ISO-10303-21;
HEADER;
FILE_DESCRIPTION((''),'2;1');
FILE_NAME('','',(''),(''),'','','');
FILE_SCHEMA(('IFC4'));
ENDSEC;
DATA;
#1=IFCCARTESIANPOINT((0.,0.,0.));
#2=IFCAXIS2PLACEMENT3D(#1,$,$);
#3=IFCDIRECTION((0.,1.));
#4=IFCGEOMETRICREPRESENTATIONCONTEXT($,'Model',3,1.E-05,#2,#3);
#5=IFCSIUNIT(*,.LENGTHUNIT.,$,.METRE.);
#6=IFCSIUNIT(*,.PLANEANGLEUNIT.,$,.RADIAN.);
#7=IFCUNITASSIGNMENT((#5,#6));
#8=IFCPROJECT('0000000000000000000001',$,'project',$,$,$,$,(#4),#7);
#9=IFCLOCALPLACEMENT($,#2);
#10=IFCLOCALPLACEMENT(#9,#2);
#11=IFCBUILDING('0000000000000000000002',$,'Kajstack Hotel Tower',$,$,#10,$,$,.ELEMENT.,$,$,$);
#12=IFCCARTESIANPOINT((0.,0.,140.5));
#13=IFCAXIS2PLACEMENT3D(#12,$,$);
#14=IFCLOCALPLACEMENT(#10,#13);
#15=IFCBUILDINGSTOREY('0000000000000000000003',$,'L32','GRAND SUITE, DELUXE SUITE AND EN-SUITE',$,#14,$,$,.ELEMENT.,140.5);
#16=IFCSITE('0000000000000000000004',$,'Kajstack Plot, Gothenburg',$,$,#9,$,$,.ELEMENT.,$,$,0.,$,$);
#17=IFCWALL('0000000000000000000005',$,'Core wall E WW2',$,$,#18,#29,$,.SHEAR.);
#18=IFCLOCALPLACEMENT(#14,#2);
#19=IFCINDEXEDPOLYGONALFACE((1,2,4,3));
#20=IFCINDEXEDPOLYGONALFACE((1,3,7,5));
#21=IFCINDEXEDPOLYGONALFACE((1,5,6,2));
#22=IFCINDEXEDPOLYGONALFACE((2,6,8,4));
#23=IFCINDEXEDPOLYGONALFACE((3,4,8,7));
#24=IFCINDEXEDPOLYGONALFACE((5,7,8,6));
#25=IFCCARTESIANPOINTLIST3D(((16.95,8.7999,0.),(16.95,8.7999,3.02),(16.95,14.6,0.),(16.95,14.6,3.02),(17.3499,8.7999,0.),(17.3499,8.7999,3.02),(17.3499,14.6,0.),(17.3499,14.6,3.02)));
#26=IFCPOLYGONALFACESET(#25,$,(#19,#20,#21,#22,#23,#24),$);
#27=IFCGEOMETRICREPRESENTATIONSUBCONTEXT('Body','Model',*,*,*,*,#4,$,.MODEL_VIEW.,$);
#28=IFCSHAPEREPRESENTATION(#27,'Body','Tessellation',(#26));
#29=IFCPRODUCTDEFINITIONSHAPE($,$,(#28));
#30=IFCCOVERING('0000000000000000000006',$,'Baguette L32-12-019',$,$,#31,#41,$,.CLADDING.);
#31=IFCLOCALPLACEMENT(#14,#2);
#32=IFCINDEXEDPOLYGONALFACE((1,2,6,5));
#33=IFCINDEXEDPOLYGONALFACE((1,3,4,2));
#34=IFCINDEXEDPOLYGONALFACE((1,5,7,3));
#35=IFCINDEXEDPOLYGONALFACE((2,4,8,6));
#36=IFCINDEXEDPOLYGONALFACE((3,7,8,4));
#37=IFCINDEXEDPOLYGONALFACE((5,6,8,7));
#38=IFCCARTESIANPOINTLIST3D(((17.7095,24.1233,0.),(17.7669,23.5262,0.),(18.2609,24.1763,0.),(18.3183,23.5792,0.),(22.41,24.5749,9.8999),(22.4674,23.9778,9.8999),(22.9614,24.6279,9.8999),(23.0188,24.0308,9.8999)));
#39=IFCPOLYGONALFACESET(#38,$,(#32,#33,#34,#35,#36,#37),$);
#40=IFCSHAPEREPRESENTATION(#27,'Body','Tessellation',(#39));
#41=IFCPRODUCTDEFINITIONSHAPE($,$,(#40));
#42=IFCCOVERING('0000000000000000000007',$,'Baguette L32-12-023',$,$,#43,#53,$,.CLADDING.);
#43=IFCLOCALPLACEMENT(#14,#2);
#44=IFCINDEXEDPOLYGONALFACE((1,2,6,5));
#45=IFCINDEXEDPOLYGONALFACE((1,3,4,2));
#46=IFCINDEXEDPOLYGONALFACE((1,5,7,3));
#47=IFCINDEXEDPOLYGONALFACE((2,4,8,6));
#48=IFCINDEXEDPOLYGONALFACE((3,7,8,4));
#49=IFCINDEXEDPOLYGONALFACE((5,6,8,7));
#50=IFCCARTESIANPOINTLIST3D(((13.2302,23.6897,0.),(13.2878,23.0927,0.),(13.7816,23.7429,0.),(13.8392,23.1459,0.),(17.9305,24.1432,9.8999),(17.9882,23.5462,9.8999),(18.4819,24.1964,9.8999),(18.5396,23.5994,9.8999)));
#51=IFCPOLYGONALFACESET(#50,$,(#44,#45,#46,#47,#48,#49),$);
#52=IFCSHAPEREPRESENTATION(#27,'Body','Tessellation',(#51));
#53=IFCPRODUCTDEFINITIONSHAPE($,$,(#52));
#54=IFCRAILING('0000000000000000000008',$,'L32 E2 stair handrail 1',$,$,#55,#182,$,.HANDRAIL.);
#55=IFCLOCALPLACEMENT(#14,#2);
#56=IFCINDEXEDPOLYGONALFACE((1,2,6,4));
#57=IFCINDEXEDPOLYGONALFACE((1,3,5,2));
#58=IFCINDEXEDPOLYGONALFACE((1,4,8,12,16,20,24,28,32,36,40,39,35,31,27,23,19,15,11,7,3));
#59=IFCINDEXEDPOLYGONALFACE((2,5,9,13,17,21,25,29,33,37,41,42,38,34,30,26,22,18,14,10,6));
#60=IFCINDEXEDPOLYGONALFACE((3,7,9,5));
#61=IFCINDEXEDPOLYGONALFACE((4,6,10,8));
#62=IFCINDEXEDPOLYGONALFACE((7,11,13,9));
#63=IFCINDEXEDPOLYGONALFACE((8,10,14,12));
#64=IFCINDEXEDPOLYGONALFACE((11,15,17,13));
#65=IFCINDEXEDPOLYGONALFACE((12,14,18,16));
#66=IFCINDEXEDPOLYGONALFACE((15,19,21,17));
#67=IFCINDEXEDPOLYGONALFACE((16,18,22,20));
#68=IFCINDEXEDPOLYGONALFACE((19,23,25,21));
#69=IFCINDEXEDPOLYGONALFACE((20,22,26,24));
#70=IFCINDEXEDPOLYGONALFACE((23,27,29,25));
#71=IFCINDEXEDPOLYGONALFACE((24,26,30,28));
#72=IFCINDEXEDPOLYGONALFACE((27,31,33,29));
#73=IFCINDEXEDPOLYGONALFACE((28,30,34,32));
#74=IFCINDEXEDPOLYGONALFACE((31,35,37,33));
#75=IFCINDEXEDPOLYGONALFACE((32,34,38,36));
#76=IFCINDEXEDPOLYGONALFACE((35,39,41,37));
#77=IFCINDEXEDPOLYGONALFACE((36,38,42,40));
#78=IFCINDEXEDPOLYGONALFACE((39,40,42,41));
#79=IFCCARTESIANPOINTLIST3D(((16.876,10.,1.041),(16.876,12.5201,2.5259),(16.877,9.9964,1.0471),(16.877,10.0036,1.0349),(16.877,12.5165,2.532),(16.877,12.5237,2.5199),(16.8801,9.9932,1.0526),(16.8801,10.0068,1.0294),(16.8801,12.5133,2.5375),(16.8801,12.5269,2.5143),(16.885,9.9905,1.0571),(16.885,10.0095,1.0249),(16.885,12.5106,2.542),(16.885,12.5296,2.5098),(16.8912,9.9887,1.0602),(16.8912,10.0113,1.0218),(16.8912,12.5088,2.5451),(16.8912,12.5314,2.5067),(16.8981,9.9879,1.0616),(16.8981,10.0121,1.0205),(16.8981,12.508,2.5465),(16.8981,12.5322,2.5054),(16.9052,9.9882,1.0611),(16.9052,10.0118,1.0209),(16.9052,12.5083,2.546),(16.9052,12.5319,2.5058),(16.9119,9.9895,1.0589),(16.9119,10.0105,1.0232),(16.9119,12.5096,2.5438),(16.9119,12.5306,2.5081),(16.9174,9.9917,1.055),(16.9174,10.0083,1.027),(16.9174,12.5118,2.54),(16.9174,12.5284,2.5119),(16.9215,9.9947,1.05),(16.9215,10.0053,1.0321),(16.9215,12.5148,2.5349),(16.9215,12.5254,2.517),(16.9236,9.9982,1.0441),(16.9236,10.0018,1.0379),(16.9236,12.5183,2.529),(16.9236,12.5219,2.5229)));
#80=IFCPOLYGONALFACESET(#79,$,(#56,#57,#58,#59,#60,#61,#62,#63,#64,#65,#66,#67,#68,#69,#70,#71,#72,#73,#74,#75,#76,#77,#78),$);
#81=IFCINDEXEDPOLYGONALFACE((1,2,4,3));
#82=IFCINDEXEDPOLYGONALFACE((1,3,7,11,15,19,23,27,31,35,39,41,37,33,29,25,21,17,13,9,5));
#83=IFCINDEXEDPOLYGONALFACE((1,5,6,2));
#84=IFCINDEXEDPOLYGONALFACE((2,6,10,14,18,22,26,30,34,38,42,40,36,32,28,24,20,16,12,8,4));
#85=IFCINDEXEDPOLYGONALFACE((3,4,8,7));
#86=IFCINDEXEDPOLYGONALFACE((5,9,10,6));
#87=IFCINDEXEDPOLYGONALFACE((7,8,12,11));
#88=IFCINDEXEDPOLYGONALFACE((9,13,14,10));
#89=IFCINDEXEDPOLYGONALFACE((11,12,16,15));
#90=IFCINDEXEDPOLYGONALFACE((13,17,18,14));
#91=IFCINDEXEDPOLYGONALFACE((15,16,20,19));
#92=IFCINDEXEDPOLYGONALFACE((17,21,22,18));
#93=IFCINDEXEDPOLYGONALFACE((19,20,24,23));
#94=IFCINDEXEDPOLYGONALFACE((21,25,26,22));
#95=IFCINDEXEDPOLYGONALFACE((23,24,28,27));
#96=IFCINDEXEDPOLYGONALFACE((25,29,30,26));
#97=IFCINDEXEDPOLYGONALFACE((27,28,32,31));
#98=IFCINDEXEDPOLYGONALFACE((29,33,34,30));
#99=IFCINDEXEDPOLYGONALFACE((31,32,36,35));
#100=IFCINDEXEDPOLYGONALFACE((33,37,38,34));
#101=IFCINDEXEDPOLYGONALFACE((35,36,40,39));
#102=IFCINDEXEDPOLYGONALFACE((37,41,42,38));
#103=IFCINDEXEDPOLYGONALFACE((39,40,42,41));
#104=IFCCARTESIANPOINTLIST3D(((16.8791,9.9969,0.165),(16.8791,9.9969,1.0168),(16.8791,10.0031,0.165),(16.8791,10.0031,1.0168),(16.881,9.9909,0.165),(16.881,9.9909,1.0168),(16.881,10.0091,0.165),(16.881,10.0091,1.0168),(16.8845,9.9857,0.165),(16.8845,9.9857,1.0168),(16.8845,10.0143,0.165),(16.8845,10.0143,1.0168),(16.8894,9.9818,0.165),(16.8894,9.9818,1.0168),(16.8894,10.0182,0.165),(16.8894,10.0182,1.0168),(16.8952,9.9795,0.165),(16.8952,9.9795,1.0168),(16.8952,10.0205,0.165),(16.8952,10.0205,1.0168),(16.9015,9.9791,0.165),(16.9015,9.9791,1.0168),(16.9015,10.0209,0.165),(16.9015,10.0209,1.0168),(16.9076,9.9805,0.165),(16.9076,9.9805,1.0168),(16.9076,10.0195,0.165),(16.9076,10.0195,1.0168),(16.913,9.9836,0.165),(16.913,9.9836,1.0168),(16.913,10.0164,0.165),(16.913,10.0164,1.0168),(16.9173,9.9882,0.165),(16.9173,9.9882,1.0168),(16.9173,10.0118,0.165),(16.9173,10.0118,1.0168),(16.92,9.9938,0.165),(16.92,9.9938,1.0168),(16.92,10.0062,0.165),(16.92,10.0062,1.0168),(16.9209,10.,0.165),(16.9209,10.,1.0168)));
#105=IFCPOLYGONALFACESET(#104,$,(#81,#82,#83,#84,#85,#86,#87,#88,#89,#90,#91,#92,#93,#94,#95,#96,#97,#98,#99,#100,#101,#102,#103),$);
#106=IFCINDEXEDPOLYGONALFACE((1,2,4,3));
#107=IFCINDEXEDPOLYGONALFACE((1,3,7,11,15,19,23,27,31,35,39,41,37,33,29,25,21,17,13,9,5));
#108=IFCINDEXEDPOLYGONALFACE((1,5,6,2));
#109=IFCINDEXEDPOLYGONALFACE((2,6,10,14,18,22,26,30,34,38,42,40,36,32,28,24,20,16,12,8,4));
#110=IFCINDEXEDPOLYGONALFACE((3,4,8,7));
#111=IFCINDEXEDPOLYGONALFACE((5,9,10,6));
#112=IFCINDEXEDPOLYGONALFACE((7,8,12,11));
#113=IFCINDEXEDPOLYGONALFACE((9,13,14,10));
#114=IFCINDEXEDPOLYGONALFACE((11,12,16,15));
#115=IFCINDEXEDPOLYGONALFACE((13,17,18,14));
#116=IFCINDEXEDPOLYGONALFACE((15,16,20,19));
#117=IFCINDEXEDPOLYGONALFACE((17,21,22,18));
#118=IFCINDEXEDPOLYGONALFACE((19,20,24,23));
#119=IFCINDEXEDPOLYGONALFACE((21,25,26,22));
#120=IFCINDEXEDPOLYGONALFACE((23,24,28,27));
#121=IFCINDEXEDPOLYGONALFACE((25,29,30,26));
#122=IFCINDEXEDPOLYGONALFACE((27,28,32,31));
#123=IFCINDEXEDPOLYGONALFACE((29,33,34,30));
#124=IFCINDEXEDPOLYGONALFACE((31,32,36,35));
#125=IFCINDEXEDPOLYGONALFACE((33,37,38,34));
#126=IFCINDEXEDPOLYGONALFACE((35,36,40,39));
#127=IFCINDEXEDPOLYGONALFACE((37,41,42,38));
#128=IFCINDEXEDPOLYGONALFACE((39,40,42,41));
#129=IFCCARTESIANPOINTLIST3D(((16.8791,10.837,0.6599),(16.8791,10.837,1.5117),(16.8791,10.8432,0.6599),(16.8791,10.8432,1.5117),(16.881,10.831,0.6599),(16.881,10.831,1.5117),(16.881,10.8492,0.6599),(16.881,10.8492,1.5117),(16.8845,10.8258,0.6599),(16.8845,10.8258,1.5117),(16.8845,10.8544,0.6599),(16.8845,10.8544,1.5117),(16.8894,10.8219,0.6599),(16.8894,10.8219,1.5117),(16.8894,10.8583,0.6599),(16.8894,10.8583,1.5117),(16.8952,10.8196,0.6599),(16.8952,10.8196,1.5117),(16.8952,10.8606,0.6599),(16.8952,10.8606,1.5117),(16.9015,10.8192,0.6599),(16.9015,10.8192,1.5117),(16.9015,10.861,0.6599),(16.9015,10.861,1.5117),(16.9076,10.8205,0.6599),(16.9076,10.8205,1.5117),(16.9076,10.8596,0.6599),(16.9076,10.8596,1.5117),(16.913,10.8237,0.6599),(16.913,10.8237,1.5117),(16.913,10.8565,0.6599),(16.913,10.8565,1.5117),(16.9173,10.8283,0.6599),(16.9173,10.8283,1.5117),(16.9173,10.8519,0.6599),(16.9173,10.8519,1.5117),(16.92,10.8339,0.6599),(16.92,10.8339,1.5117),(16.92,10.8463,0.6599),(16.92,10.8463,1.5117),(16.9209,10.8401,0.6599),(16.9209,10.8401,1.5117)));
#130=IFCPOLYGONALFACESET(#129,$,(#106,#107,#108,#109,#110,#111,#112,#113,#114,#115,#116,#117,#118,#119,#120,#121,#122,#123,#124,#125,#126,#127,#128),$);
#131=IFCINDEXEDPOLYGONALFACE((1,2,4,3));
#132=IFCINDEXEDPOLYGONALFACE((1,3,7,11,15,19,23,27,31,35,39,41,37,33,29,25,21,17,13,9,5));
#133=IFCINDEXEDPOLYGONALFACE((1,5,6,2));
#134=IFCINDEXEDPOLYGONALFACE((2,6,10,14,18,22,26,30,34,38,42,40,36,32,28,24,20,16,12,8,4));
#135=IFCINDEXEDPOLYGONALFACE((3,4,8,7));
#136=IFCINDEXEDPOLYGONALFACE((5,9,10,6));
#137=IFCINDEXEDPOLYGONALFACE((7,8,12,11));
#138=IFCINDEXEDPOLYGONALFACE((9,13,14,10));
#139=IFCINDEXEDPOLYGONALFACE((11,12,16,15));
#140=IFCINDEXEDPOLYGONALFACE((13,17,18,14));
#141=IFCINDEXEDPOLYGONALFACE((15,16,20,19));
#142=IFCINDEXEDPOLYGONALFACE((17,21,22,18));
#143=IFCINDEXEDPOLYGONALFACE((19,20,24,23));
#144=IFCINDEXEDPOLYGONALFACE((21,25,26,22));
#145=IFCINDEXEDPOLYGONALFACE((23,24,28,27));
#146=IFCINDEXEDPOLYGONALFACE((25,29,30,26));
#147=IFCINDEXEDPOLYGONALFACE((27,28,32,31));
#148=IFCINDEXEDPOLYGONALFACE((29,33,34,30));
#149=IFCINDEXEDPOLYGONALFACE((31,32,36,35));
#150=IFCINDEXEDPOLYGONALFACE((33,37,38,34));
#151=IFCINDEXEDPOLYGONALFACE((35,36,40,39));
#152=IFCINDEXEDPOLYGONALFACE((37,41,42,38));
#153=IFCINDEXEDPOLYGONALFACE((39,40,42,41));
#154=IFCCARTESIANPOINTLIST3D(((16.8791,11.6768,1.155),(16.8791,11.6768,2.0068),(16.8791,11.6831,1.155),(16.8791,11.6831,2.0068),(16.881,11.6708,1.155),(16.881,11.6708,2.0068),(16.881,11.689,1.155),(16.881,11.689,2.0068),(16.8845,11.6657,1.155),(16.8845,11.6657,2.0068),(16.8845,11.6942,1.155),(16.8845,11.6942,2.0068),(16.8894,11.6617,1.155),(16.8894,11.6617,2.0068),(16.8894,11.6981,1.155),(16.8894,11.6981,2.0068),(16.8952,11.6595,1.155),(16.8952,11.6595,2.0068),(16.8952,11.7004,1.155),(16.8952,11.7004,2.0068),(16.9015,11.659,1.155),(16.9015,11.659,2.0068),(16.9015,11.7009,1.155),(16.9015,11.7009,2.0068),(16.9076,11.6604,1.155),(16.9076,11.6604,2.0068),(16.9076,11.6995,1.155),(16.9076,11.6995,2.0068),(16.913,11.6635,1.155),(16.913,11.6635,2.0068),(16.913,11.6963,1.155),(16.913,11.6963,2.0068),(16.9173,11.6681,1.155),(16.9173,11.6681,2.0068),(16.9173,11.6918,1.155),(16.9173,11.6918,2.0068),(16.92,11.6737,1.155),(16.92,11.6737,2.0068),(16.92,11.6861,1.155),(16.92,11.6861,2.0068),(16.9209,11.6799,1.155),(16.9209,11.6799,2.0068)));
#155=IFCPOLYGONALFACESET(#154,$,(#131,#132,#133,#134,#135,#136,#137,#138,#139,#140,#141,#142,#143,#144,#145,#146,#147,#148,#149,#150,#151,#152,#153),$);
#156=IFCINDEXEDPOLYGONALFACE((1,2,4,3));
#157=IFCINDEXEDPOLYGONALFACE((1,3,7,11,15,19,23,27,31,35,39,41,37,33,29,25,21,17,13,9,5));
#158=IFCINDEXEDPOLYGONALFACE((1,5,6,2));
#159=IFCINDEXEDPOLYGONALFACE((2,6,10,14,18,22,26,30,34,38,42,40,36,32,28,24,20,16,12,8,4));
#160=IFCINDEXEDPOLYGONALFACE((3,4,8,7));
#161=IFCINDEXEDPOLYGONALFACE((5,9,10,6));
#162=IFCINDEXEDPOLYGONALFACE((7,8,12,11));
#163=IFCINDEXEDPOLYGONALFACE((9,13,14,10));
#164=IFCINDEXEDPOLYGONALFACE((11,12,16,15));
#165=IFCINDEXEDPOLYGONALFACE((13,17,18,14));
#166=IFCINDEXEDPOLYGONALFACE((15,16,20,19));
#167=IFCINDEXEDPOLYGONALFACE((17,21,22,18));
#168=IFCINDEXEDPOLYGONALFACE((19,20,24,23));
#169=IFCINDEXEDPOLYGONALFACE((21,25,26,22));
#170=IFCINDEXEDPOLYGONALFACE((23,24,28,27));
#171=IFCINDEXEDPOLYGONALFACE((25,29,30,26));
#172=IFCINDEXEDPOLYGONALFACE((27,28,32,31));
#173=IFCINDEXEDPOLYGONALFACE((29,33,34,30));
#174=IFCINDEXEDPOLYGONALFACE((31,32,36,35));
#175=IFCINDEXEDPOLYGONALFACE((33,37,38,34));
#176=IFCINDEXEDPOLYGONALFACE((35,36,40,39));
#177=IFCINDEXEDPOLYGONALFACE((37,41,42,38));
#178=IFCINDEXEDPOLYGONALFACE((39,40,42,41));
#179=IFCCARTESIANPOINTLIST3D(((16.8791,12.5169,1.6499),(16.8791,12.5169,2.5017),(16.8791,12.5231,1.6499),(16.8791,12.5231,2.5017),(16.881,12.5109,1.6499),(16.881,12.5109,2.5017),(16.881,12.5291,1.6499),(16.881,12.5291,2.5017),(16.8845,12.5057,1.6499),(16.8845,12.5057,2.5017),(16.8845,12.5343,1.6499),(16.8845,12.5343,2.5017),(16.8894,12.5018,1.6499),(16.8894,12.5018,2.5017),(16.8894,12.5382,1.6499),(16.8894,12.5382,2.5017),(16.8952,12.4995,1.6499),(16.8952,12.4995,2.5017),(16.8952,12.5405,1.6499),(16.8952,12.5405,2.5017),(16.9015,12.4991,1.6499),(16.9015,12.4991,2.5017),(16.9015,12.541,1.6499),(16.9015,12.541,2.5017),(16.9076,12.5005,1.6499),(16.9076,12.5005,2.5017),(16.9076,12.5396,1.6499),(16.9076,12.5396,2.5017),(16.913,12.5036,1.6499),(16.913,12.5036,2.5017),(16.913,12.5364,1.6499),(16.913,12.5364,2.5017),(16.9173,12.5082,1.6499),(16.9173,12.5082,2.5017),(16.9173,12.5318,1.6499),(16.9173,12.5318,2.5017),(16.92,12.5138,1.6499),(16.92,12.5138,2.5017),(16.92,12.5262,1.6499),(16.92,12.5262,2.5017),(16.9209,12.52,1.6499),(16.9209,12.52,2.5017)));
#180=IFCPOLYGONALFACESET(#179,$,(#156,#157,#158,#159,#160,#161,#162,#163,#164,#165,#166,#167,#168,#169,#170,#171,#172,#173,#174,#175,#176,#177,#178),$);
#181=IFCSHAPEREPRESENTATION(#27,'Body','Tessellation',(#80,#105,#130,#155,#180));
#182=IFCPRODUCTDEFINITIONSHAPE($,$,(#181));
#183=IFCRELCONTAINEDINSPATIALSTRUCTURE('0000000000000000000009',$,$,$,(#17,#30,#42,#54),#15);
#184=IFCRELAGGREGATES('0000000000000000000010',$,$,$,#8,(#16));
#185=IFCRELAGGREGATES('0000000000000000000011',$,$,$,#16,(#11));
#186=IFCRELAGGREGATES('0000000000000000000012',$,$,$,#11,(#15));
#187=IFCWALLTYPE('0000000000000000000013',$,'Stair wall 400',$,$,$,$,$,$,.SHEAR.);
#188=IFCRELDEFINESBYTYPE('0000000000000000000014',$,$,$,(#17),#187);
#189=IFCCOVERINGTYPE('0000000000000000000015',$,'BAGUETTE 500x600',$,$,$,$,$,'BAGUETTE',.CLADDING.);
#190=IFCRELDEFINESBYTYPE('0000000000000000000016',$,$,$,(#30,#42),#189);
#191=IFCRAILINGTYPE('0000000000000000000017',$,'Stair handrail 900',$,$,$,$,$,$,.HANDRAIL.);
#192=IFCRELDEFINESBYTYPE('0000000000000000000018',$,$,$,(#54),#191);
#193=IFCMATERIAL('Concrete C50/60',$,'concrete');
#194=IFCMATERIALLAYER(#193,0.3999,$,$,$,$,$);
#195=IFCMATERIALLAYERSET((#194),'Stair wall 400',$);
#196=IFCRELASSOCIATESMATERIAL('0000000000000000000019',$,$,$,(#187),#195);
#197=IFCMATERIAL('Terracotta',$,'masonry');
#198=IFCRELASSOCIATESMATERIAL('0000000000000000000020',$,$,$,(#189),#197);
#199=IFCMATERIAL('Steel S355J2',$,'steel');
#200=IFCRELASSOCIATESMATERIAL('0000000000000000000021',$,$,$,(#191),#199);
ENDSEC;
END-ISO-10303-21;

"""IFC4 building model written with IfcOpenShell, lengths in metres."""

from ifc_helpers import new_model, si_unit, direction, frame, frame_2d, origin, origin_2d, place, context, subcontext, project, spatial, polyline, rectangle, circle, outline, extrude, material, layer, layer_set, material_profile, profile_set, type_object, element, save


model = new_model("IFC4")

# Units and contexts
model_context = context("Model", 3, precision=1e-05, world=origin(), true_north=direction((0.0, 1.0)))
body_context = subcontext(model_context, "Body", "Model", "MODEL_VIEW")
ifc_project = project(units=[si_unit("LENGTHUNIT", "METRE"), si_unit("PLANEANGLEUNIT", "RADIAN")], contexts=[model_context])

# Site, building, storey
site_placement = place(None, origin())
site = spatial("IfcSite", under=ifc_project, at=site_placement, Name="Kajstack Plot, Gothenburg", CompositionType="ELEMENT", RefElevation=0.0)
building_placement = place(site_placement, origin())
building = spatial("IfcBuilding", under=site, at=building_placement, Name="Kajstack Hotel Tower", CompositionType="ELEMENT")
storey_placement = place(building_placement, frame((0.0, 0.0, 140.5)))
storey = spatial("IfcBuildingStorey", under=building, at=storey_placement, Name="L32", Description="GRAND SUITE, DELUXE SUITE AND EN-SUITE", CompositionType="ELEMENT", Elevation=140.5)

# Shared definitions
ifc_material_1 = material(Name="Concrete C50/60", Category="concrete")

# Wall
ifc_layer_1 = layer(ifc_material_1, 0.3999)
ifc_layer_set_1 = layer_set([ifc_layer_1], Name="Stair wall 400")
wall_type_1 = type_object("IfcWallType", Name="Stair wall 400", PredefinedType="SHEAR", material=ifc_layer_set_1)
wall_1_placement = place(storey_placement, frame((17.1499, 8.8, 0.0), z_axis=(0.0, 0.0, 1.0), x_axis=(0.0, 1.0, 0.0)))
element("IfcWall", 1, at=wall_1_placement, inside=storey, type_object=wall_type_1, Name="Core wall E WW2", PredefinedType="SHEAR", context=body_context, shape_type="SweptSolid", body=[
    extrude(rectangle(XDim=5.8, YDim=0.3999, at=frame_2d((2.8999, 0.0))), origin(), (0.0, 0.0, 1.0), 3.02),
])

# Coverings
ifc_material_2 = material(Name="Terracotta", Category="masonry")
ifc_material_profile = material_profile(ifc_material_2, rectangle(XDim=0.6001, YDim=0.5, at=origin_2d()), Name="Terracotta-clad concrete baguette 500 x 600")
ifc_profile_set = profile_set([ifc_material_profile], Name="Terracotta")
covering_type = type_object("IfcCoveringType", Name="BAGUETTE 500x600", ElementType="BAGUETTE", PredefinedType="CLADDING", material=ifc_profile_set)
for number, where, z_axis, x_axis, name in (
    (2, (23.0188, 24.0308, 0.0), (-0.095635, 0.995416, 0.0), (-0.995416, -0.095635, 0.0), "Baguette L32-12-019"),
    (3, (18.5396, 23.5994, 0.0), (-0.096038, 0.995378, 0.0), (-0.995378, -0.096038, 0.0), "Baguette L32-12-023"),
):
    element("IfcCovering", number, at=place(storey_placement, frame(where, z_axis=z_axis, x_axis=x_axis)), inside=storey, type_object=covering_type, Name=name, PredefinedType="CLADDING", context=body_context, shape_type="SweptSolid", body=[
        extrude(outline(polyline([(0.0, 9.8999), (4.7222, 0.0), (5.2761, 0.0), (0.554, 9.8999), (0.0, 9.8999)])), origin(), (0.0, 0.0, 1.0), 0.5999),
    ])

# Railing
ifc_material_3 = material(Name="Steel S355J2", Category="steel")
railing_type = type_object("IfcRailingType", Name="Stair handrail 900", PredefinedType="HANDRAIL", material=ifc_material_3)
railing_placement = place(storey_placement, frame((16.8999, 10.0, 0.165)))
element("IfcRailing", 4, at=railing_placement, inside=storey, type_object=railing_type, Name="L32 E2 stair handrail 1", PredefinedType="HANDRAIL", context=body_context, shape_type="SweptSolid", body=[
    extrude(circle(Radius=0.0239, at=origin_2d()), frame((0.0, 0.0, 0.876), z_axis=(0.0, 0.861561, 0.507655), x_axis=(-1.0, 0.0, 0.0)), (0.0, 0.0, 1.0), 2.925),
    extrude(circle(Radius=0.021, at=origin_2d()), origin(), (0.0, 0.0, 1.0), 0.8518),
    extrude(circle(Radius=0.021, at=origin_2d()), frame((0.0, 0.8401, 0.4949)), (0.0, 0.0, 1.0), 0.8518),
    extrude(circle(Radius=0.021, at=origin_2d()), frame((0.0, 1.6799, 0.99)), (0.0, 0.0, 1.0), 0.8518),
    extrude(circle(Radius=0.021, at=origin_2d()), frame((0.0, 2.52, 1.4849)), (0.0, 0.0, 1.0), 0.8518),
])

save(model, "model.ifc")
